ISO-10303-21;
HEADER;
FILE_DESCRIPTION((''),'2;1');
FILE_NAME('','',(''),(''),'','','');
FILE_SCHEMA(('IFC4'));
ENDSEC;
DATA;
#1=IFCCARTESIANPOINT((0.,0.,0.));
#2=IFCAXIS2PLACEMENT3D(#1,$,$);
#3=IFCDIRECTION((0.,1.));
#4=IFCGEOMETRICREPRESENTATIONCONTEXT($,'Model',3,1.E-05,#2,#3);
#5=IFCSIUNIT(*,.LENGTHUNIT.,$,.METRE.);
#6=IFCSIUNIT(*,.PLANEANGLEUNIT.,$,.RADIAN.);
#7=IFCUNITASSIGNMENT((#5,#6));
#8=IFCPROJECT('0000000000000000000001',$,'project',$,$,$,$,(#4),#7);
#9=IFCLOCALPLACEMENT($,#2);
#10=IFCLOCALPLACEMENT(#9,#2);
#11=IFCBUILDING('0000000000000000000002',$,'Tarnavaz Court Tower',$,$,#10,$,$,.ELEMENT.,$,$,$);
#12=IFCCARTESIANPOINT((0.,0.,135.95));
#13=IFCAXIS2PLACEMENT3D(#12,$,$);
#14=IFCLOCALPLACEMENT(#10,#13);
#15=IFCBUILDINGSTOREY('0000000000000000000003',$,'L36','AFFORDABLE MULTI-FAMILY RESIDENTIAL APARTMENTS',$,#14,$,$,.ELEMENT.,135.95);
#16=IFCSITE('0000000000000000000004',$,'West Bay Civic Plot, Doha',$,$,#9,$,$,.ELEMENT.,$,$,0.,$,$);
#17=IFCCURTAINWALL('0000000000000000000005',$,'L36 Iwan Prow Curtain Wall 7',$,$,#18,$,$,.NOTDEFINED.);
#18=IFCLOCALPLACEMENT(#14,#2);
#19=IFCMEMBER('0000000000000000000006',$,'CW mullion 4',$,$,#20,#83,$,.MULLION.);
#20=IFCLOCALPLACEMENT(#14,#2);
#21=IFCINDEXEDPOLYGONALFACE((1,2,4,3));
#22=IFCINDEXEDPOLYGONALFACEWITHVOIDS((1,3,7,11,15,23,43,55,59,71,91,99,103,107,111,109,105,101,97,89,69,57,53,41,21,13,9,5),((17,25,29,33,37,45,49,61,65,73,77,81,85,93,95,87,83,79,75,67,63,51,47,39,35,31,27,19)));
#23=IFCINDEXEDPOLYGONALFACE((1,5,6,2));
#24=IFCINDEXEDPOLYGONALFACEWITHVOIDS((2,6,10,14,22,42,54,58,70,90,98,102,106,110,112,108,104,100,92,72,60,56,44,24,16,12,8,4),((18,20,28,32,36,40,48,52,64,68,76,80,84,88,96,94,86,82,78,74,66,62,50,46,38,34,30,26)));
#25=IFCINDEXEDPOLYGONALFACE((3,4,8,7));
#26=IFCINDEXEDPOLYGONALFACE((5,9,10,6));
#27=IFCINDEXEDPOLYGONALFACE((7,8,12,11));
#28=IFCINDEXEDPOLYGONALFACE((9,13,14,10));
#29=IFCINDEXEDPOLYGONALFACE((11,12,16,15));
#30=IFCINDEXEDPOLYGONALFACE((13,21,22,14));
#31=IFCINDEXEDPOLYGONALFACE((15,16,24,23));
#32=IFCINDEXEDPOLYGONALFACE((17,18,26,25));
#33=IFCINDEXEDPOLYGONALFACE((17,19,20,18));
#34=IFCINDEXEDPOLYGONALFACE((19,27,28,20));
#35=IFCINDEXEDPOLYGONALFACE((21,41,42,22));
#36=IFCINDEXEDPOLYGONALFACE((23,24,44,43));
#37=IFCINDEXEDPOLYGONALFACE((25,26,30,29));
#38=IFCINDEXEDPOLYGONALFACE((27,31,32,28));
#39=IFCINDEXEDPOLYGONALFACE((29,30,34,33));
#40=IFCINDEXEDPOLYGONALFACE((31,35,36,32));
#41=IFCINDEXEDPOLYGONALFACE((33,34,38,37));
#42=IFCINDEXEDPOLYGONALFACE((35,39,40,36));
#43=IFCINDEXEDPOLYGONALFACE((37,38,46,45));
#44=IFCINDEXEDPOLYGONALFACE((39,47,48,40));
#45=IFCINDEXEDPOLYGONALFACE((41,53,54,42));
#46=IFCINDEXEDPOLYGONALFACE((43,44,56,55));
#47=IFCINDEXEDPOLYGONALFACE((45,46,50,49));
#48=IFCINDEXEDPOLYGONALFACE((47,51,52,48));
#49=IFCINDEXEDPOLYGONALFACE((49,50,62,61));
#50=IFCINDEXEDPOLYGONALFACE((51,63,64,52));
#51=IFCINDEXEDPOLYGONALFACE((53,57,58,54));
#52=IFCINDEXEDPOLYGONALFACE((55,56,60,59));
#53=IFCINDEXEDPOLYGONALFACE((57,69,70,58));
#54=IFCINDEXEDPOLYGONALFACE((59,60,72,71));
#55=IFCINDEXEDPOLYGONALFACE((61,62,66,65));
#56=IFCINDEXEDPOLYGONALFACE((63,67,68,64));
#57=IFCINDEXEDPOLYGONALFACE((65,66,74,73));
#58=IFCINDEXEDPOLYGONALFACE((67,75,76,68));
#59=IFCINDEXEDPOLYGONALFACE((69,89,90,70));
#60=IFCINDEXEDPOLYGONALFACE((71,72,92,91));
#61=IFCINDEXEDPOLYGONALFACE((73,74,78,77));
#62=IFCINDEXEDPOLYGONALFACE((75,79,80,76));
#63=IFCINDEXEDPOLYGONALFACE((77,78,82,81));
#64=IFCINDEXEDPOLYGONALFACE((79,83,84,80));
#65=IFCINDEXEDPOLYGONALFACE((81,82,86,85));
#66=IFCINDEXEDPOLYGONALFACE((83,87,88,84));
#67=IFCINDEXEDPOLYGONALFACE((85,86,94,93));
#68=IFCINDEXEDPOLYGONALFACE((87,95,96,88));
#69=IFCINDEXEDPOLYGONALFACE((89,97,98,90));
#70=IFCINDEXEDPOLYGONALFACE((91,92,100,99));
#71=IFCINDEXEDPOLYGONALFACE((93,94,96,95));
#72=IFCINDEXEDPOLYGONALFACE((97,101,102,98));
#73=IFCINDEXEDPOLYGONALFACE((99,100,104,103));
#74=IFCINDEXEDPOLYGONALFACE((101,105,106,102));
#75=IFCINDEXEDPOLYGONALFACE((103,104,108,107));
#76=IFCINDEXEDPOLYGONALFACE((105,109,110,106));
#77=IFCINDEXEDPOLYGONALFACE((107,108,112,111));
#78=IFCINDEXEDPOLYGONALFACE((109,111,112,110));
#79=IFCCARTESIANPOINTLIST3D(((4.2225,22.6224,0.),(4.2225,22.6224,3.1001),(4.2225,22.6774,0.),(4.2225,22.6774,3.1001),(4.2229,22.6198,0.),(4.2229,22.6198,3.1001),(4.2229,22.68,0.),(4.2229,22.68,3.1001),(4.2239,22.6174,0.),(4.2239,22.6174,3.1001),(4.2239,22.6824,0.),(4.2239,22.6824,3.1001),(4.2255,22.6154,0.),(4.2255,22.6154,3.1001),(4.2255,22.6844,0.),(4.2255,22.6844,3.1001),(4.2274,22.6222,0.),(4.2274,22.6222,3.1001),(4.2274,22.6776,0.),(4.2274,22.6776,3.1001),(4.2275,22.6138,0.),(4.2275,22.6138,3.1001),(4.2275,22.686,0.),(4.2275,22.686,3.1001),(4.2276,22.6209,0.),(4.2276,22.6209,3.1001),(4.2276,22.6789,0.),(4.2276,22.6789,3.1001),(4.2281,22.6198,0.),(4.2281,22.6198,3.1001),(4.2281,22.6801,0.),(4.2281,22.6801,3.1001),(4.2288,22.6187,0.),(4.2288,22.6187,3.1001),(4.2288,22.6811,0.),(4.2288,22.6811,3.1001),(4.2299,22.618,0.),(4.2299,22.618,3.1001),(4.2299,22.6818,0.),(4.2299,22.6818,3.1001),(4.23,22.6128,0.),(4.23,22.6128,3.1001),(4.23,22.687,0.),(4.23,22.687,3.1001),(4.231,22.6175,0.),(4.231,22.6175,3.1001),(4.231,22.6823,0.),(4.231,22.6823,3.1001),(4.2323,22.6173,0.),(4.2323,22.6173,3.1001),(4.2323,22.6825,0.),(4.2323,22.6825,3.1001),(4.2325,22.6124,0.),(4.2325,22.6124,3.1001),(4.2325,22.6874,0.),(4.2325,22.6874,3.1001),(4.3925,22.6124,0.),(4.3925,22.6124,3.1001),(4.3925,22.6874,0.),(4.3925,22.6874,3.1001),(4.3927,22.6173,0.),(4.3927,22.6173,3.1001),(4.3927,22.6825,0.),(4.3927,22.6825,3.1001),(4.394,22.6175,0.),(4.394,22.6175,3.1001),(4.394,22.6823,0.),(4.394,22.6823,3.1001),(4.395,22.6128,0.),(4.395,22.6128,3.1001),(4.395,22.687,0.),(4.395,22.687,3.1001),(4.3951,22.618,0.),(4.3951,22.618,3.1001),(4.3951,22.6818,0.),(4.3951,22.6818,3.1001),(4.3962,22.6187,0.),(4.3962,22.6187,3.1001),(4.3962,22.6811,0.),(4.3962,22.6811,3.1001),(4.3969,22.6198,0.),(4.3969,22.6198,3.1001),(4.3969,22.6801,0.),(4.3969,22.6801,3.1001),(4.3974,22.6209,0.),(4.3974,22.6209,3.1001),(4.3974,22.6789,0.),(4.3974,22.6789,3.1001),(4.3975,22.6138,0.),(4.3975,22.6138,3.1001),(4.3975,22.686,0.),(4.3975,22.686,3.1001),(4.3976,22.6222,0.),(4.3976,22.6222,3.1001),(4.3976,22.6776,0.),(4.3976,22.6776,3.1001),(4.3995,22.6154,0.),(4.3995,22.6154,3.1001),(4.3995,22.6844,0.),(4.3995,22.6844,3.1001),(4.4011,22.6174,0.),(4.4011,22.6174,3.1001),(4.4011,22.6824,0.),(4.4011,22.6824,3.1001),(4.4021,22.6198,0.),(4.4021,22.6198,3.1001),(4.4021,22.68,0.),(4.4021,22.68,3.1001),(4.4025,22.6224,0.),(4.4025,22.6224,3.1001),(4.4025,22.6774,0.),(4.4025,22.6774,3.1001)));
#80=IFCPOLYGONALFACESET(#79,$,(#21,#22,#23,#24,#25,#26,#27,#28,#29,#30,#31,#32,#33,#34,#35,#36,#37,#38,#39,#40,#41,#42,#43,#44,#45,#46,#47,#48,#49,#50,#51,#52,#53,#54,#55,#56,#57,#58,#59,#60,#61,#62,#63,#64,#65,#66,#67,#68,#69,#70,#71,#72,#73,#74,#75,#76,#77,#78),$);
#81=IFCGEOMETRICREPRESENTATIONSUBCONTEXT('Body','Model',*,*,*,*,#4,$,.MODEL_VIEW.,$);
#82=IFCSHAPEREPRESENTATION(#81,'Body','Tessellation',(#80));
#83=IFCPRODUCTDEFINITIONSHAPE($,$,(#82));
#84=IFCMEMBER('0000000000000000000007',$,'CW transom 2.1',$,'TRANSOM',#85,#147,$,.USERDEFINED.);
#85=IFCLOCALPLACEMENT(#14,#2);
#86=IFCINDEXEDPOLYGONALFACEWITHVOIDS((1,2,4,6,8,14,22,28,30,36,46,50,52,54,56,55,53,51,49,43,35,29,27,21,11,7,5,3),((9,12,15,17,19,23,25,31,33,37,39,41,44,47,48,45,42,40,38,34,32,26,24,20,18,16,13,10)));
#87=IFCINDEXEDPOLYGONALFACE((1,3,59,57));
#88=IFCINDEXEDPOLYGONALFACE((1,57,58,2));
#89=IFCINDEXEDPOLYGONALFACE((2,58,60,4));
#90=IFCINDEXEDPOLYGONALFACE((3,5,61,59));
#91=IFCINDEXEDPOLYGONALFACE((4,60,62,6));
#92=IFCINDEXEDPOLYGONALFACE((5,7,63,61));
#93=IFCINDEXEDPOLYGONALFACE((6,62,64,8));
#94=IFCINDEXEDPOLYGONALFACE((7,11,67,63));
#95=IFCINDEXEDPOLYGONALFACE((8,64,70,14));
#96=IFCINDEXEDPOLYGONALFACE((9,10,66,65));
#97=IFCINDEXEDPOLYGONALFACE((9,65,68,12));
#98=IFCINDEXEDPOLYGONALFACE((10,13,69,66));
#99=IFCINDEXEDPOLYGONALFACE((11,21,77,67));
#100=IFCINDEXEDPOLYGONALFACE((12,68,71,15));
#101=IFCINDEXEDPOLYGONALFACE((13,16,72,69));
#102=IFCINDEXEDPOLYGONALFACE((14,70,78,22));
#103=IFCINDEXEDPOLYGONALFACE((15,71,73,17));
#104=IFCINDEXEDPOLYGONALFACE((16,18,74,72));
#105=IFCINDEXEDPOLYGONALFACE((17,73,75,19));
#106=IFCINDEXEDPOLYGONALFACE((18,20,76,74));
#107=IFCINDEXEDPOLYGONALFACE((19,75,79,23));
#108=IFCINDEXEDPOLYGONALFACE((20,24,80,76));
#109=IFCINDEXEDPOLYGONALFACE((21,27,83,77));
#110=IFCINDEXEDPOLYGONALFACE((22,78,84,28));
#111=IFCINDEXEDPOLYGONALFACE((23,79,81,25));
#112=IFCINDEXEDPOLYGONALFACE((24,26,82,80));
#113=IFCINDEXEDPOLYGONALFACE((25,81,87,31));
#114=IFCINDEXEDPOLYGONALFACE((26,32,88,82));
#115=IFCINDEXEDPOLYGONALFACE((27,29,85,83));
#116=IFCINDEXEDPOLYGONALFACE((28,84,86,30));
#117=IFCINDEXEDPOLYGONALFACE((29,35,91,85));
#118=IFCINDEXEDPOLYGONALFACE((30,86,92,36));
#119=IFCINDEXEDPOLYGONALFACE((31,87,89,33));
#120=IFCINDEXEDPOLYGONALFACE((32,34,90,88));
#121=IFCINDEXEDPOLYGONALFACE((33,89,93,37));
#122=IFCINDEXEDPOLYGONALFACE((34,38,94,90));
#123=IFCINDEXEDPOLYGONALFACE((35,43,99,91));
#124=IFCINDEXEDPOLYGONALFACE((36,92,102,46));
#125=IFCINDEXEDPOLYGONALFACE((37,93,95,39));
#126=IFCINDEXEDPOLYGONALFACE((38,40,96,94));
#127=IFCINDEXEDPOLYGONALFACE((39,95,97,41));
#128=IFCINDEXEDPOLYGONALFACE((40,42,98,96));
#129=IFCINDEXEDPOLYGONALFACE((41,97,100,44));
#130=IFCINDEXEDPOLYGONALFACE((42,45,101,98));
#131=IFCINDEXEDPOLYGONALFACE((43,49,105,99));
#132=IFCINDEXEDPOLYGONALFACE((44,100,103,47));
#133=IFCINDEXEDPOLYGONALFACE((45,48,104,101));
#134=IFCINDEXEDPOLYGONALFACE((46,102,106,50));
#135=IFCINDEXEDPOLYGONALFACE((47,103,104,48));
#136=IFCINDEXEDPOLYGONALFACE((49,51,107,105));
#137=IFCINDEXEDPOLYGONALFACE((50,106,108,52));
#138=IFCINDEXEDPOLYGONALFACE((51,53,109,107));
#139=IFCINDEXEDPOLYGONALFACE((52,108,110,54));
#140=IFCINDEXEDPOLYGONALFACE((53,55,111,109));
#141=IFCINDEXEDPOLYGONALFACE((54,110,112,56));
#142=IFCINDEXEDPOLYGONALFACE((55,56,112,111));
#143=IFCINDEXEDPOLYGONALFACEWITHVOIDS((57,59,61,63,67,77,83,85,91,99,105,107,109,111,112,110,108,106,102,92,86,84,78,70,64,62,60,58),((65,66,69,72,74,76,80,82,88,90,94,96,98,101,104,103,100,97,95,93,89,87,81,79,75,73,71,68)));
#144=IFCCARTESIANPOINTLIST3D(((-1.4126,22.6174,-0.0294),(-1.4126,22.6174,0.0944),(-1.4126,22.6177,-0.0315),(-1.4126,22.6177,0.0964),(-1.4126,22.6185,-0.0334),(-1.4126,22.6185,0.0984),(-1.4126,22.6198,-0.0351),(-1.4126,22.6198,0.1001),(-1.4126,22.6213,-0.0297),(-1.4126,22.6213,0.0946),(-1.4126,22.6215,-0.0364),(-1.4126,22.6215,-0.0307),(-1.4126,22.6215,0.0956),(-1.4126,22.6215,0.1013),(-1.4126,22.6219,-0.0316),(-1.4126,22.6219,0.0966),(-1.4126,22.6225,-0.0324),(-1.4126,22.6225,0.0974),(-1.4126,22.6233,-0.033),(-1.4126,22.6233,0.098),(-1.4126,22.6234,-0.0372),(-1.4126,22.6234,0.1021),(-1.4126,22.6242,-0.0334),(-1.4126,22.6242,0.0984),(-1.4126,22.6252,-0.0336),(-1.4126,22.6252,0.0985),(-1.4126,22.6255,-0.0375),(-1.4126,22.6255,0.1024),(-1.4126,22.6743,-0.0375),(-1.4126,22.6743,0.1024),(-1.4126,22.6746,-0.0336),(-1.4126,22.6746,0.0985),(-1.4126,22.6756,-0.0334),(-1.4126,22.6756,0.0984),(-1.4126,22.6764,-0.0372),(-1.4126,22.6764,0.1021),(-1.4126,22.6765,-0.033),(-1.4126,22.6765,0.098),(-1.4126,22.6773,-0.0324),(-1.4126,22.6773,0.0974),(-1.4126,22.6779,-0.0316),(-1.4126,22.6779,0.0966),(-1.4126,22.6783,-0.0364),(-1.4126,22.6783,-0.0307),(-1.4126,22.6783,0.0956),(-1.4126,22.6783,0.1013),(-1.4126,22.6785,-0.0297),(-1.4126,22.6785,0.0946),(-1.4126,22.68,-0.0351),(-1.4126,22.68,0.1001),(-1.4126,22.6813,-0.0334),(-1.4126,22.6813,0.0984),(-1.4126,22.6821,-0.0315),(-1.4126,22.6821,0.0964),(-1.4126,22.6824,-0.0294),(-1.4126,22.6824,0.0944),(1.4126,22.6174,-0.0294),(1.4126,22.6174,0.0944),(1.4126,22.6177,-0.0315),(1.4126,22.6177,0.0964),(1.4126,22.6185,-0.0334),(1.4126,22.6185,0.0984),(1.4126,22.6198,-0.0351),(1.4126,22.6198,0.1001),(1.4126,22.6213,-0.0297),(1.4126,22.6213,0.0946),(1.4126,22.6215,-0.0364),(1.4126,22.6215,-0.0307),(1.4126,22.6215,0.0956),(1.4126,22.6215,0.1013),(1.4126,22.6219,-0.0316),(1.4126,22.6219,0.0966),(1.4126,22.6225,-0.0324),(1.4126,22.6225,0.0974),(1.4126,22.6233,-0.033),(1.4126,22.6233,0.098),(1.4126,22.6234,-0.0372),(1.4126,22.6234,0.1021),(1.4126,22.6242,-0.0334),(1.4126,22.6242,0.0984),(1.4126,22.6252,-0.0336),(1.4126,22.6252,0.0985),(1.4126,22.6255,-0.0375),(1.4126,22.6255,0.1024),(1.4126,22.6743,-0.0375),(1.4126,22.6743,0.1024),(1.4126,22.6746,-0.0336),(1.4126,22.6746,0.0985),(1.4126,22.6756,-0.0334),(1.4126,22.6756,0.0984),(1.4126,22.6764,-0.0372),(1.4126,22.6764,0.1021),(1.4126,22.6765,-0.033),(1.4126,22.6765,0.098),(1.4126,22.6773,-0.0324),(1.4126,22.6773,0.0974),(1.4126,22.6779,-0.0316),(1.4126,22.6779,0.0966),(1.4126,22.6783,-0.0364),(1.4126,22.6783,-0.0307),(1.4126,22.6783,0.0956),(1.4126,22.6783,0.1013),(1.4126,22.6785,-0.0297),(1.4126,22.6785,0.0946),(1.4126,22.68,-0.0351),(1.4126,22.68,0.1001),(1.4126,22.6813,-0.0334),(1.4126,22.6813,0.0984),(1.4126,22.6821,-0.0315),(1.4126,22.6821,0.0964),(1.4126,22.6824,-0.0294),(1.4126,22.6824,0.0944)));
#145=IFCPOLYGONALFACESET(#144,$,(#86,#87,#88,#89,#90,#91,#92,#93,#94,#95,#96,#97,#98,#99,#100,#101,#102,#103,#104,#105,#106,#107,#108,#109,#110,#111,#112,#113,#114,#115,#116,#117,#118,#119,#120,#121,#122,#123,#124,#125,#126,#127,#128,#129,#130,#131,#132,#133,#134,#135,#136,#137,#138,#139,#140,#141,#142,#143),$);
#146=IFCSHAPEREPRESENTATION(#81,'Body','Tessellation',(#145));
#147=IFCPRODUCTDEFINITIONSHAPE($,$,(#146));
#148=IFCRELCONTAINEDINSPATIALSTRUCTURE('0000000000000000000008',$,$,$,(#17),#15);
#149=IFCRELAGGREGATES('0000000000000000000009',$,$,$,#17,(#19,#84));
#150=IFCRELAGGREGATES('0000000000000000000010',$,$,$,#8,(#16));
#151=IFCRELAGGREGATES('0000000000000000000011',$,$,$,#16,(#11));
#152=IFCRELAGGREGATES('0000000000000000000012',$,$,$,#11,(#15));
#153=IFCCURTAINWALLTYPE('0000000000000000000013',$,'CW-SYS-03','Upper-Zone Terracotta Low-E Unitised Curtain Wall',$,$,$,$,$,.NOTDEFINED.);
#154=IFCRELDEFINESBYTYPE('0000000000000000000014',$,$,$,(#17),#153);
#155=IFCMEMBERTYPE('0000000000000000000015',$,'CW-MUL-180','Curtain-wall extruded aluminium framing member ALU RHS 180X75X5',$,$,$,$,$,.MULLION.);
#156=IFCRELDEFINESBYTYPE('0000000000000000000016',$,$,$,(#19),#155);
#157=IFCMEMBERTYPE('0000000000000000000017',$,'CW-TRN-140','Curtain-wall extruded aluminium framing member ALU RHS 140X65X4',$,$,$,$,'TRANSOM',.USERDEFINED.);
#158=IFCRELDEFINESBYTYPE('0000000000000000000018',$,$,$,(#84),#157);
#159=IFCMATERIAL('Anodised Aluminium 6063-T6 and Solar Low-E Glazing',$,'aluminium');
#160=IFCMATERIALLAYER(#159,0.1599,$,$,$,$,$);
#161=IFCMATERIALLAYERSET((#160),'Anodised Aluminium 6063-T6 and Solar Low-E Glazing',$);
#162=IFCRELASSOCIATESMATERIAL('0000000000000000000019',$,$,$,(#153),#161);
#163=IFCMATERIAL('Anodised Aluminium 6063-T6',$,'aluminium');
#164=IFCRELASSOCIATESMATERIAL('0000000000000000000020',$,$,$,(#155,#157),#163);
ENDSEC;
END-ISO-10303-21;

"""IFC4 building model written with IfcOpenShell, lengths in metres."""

from ifc_helpers import new_model, si_unit, direction, frame, origin, origin_2d, place, context, subcontext, project, spatial, hollow_rectangle, extrude, material, layer, layer_set, material_profile, profile_set, type_object, element, aggregate, save


model = new_model("IFC4")

# Units and contexts
model_context = context("Model", 3, precision=1e-05, world=origin(), true_north=direction((0.0, 1.0)))
body_context = subcontext(model_context, "Body", "Model", "MODEL_VIEW")
ifc_project = project(units=[si_unit("LENGTHUNIT", "METRE"), si_unit("PLANEANGLEUNIT", "RADIAN")], contexts=[model_context])

# Site, building, storey
site_placement = place(None, origin())
site = spatial("IfcSite", under=ifc_project, at=site_placement, Name="West Bay Civic Plot, Doha", CompositionType="ELEMENT", RefElevation=0.0)
building_placement = place(site_placement, origin())
building = spatial("IfcBuilding", under=site, at=building_placement, Name="Tarnavaz Court Tower", CompositionType="ELEMENT")
storey_placement = place(building_placement, frame((0.0, 0.0, 135.95)))
storey = spatial("IfcBuildingStorey", under=building, at=storey_placement, Name="L36", Description="AFFORDABLE MULTI-FAMILY RESIDENTIAL APARTMENTS", CompositionType="ELEMENT", Elevation=135.95)

# Curtain wall, members
ifc_material_1 = material(Name="Anodised Aluminium 6063-T6 and Solar Low-E Glazing", Category="aluminium")
ifc_layer_1 = layer(ifc_material_1, 0.1599)
ifc_layer_set_1 = layer_set([ifc_layer_1], Name="Anodised Aluminium 6063-T6 and Solar Low-E Glazing")
curtain_wall_type = type_object("IfcCurtainWallType", Name="CW-SYS-03", Description="Upper-Zone Terracotta Low-E Unitised Curtain Wall", PredefinedType="NOTDEFINED", material=ifc_layer_set_1)
curtain_wall_placement = place(storey_placement, origin())
curtain_wall = element("IfcCurtainWall", 1, at=curtain_wall_placement, inside=storey, type_object=curtain_wall_type, Name="L36 Iwan Prow Curtain Wall 7", PredefinedType="NOTDEFINED")
ifc_material_2 = material(Name="Anodised Aluminium 6063-T6", Category="aluminium")
ifc_material_profile_1 = material_profile(ifc_material_2, hollow_rectangle(XDim=0.075, YDim=0.1799, WallThickness=0.0049, InnerFilletRadius=0.0049, OuterFilletRadius=0.01, at=origin_2d()), Name="ALU RHS 180X75X5")
ifc_profile_set_1 = profile_set([ifc_material_profile_1], Name="Anodised Aluminium 6063-T6")
member_type_1 = type_object("IfcMemberType", Name="CW-MUL-180", Description="Curtain-wall extruded aluminium framing member ALU RHS 180X75X5", PredefinedType="MULLION", material=ifc_profile_set_1)
member_1_placement = place(storey_placement, frame((4.3125, 22.6499, 0.0), z_axis=(0.0, 0.0, 1.0), x_axis=(0.0, 1.0, 0.0)))
member_1 = element("IfcMember", 2, at=member_1_placement, type_object=member_type_1, Name="CW mullion 4", PredefinedType="MULLION", context=body_context, shape_type="SweptSolid", body=[
    extrude(hollow_rectangle(XDim=0.075, YDim=0.1799, WallThickness=0.0049, InnerFilletRadius=0.0049, OuterFilletRadius=0.01, at=origin_2d()), origin(), (0.0, 0.0, 1.0), 3.1001),
])
ifc_material_profile_2 = material_profile(ifc_material_2, hollow_rectangle(XDim=0.0649, YDim=0.1399, WallThickness=0.0039, InnerFilletRadius=0.0039, OuterFilletRadius=0.0081, at=origin_2d()), Name="ALU RHS 140X65X4")
ifc_profile_set_2 = profile_set([ifc_material_profile_2], Name="Anodised Aluminium 6063-T6")
member_type_2 = type_object("IfcMemberType", Name="CW-TRN-140", Description="Curtain-wall extruded aluminium framing member ALU RHS 140X65X4", ElementType="TRANSOM", PredefinedType="USERDEFINED", material=ifc_profile_set_2)
member_2_placement = place(storey_placement, frame((-1.4126, 22.6499, 0.0325), z_axis=(1.0, 0.0, 0.0), x_axis=(0.0, 1.0, 0.0)))
member_2 = element("IfcMember", 3, at=member_2_placement, type_object=member_type_2, Name="CW transom 2.1", ObjectType="TRANSOM", PredefinedType="USERDEFINED", context=body_context, shape_type="SweptSolid", body=[
    extrude(hollow_rectangle(XDim=0.0649, YDim=0.1399, WallThickness=0.0039, InnerFilletRadius=0.0039, OuterFilletRadius=0.0081, at=origin_2d()), origin(), (0.0, 0.0, 1.0), 2.8252),
])
aggregate(curtain_wall, [member_1, member_2])

save(model, "model.ifc")
